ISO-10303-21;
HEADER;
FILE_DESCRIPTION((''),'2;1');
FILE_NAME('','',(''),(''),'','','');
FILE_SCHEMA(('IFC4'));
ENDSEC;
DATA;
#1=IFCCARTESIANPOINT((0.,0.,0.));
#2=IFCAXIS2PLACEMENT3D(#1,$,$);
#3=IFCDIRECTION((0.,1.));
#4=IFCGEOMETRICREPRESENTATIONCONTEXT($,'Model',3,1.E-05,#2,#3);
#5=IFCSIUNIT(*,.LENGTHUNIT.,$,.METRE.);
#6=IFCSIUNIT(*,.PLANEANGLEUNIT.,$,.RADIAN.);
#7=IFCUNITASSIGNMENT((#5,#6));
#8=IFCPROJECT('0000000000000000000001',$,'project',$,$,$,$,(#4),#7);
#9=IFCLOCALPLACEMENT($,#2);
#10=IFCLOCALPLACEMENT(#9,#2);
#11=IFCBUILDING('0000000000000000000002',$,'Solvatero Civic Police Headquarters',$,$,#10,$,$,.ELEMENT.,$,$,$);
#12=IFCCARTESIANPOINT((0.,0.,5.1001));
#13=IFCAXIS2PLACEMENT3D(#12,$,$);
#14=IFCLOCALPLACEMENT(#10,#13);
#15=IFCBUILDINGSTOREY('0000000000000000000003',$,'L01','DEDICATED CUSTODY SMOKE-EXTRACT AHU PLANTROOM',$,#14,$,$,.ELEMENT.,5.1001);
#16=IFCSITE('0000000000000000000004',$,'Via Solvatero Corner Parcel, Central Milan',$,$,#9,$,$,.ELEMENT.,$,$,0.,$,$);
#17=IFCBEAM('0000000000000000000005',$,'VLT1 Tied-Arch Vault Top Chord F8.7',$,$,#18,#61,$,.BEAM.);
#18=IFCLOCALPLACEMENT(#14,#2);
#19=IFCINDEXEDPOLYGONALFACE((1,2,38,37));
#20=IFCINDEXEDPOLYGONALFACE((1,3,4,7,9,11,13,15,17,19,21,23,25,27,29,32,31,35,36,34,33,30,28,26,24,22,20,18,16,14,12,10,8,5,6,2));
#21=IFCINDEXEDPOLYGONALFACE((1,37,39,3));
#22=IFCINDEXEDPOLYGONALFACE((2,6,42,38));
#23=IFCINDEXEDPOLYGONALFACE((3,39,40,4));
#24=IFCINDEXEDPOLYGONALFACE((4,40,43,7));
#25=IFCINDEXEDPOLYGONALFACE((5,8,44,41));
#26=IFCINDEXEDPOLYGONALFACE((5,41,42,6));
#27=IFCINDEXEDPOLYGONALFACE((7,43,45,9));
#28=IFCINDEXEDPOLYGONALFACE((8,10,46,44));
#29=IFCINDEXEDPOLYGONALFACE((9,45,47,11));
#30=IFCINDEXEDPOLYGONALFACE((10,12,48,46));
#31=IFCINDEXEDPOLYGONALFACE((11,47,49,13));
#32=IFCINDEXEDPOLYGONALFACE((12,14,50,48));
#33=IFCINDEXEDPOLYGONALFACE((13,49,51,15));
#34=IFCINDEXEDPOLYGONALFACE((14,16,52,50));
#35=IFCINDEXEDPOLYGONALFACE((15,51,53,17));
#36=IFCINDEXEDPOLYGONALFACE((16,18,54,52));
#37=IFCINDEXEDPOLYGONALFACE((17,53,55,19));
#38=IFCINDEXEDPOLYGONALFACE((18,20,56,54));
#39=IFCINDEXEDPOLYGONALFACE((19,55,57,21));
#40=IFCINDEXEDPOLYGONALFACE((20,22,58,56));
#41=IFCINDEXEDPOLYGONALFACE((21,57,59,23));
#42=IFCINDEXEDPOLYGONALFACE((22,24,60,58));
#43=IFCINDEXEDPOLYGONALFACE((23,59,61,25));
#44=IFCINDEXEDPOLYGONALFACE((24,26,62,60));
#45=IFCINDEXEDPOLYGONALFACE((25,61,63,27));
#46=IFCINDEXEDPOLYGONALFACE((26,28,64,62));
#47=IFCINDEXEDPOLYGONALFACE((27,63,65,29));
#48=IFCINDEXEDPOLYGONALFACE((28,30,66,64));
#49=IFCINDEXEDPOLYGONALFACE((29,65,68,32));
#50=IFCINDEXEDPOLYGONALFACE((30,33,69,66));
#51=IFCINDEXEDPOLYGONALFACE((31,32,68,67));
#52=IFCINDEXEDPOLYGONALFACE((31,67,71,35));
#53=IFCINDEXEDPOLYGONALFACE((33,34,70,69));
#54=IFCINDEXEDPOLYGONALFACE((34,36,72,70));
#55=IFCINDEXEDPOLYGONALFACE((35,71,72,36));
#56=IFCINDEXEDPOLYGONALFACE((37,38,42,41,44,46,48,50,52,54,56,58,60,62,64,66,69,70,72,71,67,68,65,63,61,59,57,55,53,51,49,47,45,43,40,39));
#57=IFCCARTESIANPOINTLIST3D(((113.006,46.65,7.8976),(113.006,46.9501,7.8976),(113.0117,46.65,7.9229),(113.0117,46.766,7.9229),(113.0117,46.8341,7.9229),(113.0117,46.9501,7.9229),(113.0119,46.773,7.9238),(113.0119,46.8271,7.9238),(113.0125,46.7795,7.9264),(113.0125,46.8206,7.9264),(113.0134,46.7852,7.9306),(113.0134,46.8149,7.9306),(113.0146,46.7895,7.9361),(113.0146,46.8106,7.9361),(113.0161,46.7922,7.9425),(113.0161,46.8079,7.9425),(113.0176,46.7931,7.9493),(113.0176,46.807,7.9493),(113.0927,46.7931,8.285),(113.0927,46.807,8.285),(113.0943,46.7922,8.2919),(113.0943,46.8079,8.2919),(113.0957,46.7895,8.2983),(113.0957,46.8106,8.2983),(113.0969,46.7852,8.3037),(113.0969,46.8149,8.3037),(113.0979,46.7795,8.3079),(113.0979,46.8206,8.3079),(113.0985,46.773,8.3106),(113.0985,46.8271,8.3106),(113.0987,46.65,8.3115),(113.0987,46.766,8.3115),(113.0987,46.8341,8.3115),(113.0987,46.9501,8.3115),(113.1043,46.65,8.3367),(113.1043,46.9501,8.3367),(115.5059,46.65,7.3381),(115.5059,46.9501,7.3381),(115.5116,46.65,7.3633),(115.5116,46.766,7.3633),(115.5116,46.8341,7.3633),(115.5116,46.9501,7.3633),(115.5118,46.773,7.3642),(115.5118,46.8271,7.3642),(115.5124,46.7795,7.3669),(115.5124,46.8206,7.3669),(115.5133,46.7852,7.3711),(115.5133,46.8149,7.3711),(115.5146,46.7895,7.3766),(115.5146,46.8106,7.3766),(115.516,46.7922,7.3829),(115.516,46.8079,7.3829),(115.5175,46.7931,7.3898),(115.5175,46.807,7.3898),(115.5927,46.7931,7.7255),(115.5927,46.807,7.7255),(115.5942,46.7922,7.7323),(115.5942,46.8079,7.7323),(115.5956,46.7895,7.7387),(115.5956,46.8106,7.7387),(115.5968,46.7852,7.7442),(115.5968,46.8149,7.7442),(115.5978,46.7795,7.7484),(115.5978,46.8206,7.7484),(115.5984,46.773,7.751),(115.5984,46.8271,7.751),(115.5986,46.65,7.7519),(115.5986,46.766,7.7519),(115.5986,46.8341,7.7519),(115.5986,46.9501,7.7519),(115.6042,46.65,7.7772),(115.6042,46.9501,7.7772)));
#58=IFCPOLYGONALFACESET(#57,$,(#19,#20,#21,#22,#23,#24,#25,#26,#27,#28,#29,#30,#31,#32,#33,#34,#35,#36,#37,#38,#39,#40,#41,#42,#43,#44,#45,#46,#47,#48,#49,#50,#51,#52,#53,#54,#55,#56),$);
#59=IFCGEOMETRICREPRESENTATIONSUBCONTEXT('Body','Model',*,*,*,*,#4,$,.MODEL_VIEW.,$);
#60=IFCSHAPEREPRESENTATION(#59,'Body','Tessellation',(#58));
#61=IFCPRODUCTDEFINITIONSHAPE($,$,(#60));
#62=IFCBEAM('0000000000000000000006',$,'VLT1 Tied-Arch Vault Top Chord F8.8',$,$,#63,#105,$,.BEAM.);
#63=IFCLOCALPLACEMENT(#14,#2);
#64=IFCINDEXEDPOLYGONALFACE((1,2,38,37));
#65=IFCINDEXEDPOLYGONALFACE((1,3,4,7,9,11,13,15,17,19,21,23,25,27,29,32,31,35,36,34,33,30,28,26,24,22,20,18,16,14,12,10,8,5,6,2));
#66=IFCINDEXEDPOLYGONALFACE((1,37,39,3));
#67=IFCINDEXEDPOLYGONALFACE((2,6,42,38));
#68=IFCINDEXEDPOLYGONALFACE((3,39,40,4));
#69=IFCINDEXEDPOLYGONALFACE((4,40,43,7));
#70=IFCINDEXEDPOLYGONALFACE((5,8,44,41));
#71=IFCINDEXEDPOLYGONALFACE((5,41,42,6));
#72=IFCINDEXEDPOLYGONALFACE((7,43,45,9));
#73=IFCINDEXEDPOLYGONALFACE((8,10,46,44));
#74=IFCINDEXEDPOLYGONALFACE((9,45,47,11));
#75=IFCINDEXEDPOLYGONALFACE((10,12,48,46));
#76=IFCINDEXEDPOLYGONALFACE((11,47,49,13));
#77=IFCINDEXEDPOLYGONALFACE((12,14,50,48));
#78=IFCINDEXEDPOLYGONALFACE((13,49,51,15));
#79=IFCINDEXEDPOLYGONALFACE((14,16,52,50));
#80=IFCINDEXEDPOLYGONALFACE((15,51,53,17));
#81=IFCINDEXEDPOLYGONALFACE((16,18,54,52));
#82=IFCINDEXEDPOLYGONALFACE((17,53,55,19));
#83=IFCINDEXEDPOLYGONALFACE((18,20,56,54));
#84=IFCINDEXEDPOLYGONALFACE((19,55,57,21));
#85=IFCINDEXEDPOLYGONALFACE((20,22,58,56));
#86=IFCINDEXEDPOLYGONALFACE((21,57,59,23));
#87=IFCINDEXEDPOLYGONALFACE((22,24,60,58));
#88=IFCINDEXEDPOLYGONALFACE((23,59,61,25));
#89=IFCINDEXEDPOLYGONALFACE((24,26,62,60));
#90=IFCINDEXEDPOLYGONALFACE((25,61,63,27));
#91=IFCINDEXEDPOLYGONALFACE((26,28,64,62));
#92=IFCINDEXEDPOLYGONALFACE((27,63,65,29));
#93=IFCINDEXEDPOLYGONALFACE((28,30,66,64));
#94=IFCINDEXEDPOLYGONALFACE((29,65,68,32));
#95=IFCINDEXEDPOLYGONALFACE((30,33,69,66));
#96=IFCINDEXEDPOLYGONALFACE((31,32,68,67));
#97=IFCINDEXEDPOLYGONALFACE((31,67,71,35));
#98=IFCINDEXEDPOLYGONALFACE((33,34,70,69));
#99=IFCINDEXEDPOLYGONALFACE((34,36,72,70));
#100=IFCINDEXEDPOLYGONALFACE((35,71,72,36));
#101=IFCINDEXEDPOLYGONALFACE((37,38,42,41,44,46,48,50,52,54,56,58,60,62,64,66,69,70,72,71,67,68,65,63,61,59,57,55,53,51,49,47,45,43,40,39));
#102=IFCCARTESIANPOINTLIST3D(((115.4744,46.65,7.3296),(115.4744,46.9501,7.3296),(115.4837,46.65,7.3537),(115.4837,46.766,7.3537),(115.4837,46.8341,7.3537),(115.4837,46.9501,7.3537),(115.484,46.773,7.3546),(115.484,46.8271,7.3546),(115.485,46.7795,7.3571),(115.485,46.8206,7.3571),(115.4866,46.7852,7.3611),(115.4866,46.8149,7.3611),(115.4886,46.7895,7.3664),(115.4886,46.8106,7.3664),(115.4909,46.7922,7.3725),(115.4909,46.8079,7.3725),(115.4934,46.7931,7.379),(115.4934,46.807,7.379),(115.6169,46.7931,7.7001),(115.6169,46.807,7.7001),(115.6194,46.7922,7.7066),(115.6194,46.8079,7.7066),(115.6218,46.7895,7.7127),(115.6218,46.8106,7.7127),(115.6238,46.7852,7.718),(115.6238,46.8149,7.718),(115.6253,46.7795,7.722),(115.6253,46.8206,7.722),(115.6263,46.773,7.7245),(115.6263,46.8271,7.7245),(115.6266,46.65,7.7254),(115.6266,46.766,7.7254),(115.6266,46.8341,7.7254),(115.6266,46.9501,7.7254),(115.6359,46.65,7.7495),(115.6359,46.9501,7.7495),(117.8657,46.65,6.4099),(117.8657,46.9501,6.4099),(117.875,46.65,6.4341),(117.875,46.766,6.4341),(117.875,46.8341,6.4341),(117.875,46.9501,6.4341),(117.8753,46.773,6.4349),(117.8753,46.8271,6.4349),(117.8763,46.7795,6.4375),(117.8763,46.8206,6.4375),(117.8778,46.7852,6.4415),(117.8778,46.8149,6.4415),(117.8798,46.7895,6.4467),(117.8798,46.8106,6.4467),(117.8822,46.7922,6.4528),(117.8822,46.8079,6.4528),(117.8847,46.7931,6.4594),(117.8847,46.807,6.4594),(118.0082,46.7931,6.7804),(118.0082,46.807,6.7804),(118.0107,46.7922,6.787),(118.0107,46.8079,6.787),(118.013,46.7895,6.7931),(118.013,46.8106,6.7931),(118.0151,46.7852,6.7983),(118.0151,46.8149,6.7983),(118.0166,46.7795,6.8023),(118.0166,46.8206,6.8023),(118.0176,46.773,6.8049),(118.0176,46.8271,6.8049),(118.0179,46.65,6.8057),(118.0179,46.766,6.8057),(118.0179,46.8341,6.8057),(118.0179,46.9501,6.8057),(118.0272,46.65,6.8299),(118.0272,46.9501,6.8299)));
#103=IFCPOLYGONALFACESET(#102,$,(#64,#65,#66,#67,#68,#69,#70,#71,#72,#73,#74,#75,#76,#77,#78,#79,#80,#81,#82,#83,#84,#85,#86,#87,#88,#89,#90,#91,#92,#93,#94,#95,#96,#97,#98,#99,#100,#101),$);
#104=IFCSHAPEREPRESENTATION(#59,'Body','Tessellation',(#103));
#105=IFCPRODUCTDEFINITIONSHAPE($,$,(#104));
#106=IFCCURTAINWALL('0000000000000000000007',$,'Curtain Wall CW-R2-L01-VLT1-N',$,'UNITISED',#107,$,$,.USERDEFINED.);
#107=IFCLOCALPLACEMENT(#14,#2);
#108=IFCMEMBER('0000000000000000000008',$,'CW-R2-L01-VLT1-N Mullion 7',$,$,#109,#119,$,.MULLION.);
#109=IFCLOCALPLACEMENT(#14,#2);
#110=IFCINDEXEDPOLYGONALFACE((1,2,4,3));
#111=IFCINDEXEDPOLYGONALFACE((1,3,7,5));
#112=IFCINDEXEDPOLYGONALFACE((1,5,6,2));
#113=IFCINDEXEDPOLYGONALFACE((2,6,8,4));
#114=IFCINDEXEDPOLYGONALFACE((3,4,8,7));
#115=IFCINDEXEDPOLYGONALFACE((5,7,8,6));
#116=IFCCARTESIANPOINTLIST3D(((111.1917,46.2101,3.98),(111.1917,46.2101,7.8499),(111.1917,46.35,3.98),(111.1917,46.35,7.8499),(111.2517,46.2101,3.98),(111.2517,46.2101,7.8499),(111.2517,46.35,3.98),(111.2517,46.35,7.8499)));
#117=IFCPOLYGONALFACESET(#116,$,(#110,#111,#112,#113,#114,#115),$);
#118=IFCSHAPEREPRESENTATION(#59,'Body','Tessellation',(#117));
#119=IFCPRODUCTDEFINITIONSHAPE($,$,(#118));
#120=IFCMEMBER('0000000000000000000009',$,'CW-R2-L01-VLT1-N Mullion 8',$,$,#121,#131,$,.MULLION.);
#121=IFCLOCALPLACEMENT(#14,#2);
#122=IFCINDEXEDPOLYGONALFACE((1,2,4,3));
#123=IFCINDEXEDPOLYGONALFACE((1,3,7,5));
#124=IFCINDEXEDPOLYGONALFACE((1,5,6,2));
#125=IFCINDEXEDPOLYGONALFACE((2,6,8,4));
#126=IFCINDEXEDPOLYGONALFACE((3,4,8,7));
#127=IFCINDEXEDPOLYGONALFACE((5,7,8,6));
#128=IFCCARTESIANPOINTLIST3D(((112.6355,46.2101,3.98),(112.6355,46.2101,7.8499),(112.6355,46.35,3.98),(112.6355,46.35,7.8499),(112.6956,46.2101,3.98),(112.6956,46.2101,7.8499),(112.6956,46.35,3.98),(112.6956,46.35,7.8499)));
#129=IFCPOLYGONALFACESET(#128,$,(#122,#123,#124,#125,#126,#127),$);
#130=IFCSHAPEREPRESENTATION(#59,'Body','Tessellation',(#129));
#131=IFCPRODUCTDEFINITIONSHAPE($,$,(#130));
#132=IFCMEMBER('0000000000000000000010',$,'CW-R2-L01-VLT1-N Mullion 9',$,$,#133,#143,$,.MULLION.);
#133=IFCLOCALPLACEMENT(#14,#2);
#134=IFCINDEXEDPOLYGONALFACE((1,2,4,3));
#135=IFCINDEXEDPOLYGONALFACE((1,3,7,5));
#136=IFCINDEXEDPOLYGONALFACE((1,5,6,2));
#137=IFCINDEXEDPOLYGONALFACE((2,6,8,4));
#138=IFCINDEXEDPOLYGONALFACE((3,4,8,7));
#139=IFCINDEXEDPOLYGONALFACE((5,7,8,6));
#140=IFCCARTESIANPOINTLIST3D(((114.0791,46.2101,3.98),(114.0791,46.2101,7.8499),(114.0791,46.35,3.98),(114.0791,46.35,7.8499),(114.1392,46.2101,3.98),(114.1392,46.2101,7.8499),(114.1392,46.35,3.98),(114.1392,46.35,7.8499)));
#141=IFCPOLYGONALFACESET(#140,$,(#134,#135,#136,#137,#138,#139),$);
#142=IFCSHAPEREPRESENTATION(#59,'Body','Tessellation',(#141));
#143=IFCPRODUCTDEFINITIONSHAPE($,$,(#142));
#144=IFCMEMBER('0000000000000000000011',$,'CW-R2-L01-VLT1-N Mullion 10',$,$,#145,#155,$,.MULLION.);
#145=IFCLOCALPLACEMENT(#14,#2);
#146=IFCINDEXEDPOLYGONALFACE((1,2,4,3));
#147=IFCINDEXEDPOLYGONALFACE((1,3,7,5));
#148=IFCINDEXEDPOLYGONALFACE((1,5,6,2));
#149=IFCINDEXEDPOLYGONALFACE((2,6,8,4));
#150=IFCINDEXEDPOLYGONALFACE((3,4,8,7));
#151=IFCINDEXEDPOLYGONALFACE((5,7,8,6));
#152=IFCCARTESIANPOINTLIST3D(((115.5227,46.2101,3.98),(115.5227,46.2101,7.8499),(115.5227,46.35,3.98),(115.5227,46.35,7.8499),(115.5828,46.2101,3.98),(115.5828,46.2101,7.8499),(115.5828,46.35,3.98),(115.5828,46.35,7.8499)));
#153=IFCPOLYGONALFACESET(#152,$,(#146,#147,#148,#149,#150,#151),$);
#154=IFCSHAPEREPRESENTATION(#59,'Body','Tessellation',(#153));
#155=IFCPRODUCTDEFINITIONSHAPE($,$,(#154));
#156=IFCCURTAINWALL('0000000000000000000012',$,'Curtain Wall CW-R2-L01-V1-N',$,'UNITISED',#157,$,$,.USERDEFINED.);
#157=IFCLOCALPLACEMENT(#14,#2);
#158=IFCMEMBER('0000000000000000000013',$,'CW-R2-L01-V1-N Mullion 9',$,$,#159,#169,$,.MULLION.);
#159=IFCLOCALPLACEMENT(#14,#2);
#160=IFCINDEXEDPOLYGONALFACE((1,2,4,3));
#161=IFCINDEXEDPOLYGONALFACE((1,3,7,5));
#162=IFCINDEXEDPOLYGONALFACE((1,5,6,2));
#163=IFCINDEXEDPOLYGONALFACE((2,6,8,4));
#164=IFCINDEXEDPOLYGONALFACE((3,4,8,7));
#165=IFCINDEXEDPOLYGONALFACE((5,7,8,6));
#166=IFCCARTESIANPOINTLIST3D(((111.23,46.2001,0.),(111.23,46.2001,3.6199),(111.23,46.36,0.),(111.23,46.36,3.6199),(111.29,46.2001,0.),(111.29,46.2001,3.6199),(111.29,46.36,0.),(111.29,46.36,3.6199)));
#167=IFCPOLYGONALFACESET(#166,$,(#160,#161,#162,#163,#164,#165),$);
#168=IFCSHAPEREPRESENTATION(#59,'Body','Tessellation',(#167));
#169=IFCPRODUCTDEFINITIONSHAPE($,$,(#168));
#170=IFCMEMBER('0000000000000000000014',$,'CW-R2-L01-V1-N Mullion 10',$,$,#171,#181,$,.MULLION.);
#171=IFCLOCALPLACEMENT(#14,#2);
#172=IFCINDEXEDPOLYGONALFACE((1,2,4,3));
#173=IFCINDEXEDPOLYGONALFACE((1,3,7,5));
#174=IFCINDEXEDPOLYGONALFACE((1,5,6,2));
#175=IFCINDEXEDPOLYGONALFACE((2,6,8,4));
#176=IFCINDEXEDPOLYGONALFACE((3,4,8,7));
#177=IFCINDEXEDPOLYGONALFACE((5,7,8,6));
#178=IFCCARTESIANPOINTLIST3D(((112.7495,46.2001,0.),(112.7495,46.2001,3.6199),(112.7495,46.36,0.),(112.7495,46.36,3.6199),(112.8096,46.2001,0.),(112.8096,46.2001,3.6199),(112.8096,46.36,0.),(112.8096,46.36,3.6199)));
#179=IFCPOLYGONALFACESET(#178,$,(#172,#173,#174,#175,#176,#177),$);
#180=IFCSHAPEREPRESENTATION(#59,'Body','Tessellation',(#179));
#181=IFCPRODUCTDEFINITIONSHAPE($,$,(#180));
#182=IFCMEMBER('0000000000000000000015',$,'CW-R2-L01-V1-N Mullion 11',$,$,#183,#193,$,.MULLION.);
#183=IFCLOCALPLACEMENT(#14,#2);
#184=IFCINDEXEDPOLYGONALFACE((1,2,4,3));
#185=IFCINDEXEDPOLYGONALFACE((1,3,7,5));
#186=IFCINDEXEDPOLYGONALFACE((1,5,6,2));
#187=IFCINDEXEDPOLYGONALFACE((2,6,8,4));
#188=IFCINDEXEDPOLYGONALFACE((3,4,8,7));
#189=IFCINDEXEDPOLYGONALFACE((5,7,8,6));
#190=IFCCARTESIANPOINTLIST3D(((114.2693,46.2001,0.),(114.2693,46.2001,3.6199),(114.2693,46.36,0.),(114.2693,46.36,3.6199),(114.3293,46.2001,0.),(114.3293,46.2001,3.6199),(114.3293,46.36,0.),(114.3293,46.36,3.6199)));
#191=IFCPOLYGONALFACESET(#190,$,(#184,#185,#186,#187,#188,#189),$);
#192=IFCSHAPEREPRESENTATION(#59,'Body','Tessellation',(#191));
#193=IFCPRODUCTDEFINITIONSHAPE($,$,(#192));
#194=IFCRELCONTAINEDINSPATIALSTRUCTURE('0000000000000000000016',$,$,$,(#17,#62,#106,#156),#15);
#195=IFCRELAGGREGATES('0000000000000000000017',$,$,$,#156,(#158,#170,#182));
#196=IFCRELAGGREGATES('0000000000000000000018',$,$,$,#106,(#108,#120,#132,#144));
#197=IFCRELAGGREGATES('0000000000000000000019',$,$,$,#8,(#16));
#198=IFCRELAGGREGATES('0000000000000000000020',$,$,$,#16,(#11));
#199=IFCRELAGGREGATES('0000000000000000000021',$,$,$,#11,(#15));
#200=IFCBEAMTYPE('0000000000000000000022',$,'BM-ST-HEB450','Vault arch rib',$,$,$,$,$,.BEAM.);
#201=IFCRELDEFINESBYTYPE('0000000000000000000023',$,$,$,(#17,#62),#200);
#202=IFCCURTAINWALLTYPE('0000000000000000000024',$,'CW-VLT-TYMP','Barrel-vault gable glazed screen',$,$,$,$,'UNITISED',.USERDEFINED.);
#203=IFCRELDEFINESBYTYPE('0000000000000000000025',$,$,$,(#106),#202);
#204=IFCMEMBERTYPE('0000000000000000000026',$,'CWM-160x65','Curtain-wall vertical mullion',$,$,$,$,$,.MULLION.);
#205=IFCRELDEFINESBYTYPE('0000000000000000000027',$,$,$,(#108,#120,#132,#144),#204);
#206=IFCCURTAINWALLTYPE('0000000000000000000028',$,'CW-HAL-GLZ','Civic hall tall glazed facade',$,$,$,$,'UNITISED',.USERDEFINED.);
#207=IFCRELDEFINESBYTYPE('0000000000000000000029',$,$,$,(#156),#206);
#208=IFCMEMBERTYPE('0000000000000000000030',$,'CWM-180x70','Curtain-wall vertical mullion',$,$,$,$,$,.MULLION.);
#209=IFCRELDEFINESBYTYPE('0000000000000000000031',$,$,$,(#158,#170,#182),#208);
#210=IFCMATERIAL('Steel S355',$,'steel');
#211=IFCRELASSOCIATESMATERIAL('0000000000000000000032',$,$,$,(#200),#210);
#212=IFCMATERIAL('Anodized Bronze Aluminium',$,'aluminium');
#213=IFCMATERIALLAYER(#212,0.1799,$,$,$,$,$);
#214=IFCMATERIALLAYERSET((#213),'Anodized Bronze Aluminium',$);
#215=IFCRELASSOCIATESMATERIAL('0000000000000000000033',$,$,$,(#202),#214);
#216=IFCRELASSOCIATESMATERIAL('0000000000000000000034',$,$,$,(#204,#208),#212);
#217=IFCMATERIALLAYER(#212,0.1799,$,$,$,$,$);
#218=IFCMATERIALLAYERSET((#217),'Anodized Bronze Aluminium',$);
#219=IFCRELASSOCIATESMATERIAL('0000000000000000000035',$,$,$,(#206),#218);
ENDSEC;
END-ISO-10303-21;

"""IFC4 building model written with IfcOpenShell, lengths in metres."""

from ifc_helpers import new_model, si_unit, direction, frame, origin, origin_2d, place, context, subcontext, project, spatial, rectangle, i_section, extrude, material, layer, layer_set, material_profile, profile_set, type_object, element, aggregate, save


model = new_model("IFC4")

# Units and contexts
model_context = context("Model", 3, precision=1e-05, world=origin(), true_north=direction((0.0, 1.0)))
body_context = subcontext(model_context, "Body", "Model", "MODEL_VIEW")
ifc_project = project(units=[si_unit("LENGTHUNIT", "METRE"), si_unit("PLANEANGLEUNIT", "RADIAN")], contexts=[model_context])

# Site, building, storey
site_placement = place(None, origin())
site = spatial("IfcSite", under=ifc_project, at=site_placement, Name="Via Solvatero Corner Parcel, Central Milan", CompositionType="ELEMENT", RefElevation=0.0)
building_placement = place(site_placement, origin())
building = spatial("IfcBuilding", under=site, at=building_placement, Name="Solvatero Civic Police Headquarters", CompositionType="ELEMENT")
storey_placement = place(building_placement, frame((0.0, 0.0, 5.1001)))
storey = spatial("IfcBuildingStorey", under=building, at=storey_placement, Name="L01", Description="DEDICATED CUSTODY SMOKE-EXTRACT AHU PLANTROOM", CompositionType="ELEMENT", Elevation=5.1001)

# Beams
ifc_material_1 = material(Name="Steel S355", Category="steel")
ifc_material_profile_1 = material_profile(ifc_material_1, i_section(OverallWidth=0.3, OverallDepth=0.45, WebThickness=0.0139, FlangeThickness=0.0259, FilletRadius=0.0271, at=origin_2d()), Name="HEB 450")
ifc_profile_set_1 = profile_set([ifc_material_profile_1], Name="Steel S355")
beam_type = type_object("IfcBeamType", Name="BM-ST-HEB450", Description="Vault arch rib", PredefinedType="BEAM", material=ifc_profile_set_1)
beam_1_placement = place(storey_placement, frame((113.0552, 46.8, 8.1172), z_axis=(0.975854, 0.0, -0.218424), x_axis=(0.0, 1.0, 0.0)))
element("IfcBeam", 1, at=beam_1_placement, inside=storey, type_object=beam_type, Name="VLT1 Tied-Arch Vault Top Chord F8.7", PredefinedType="BEAM", context=body_context, shape_type="SweptSolid", body=[
    extrude(i_section(OverallWidth=0.3, OverallDepth=0.45, WebThickness=0.0139, FlangeThickness=0.0259, FilletRadius=0.0271, at=origin_2d()), origin(), (0.0, 0.0, 1.0), 2.5618),
])
beam_2_placement = place(storey_placement, frame((115.5552, 46.8, 7.5396), z_axis=(0.933355, 0.0, -0.358954), x_axis=(0.0, 1.0, 0.0)))
element("IfcBeam", 2, at=beam_2_placement, inside=storey, type_object=beam_type, Name="VLT1 Tied-Arch Vault Top Chord F8.8", PredefinedType="BEAM", context=body_context, shape_type="SweptSolid", body=[
    extrude(i_section(OverallWidth=0.3, OverallDepth=0.45, WebThickness=0.0139, FlangeThickness=0.0259, FilletRadius=0.0271, at=origin_2d()), origin(), (0.0, 0.0, 1.0), 2.562),
])

# Curtain walls, members
ifc_material_2 = material(Name="Anodized Bronze Aluminium", Category="aluminium")
ifc_layer_1 = layer(ifc_material_2, 0.1799)
ifc_layer_set_1 = layer_set([ifc_layer_1], Name="Anodized Bronze Aluminium")
curtain_wall_type_1 = type_object("IfcCurtainWallType", Name="CW-VLT-TYMP", Description="Barrel-vault gable glazed screen", ElementType="UNITISED", PredefinedType="USERDEFINED", material=ifc_layer_set_1)
curtain_wall_1_placement = place(storey_placement, origin())
curtain_wall_1 = element("IfcCurtainWall", 3, at=curtain_wall_1_placement, inside=storey, type_object=curtain_wall_type_1, Name="Curtain Wall CW-R2-L01-VLT1-N", ObjectType="UNITISED", PredefinedType="USERDEFINED")
ifc_material_profile_2 = material_profile(ifc_material_2, rectangle(XDim=0.0601, YDim=0.1399, at=origin_2d()), Name="ALU MULLION 60x140")
ifc_profile_set_2 = profile_set([ifc_material_profile_2], Name="Anodized Bronze Aluminium")
member_type_1 = type_object("IfcMemberType", Name="CWM-160x65", Description="Curtain-wall vertical mullion", PredefinedType="MULLION", material=ifc_profile_set_2)
member_1_placement = place(storey_placement, frame((111.2217, 46.28, 3.98), z_axis=(0.0, 0.0, 1.0), x_axis=(1.0, 0.0, 0.0)))
member_1 = element("IfcMember", 4, at=member_1_placement, type_object=member_type_1, Name="CW-R2-L01-VLT1-N Mullion 7", PredefinedType="MULLION", context=body_context, shape_type="SweptSolid", body=[
    extrude(rectangle(XDim=0.0601, YDim=0.1399, at=origin_2d()), origin(), (0.0, 0.0, 1.0), 3.8699),
])
member_2_placement = place(storey_placement, frame((112.6655, 46.28, 3.98), z_axis=(0.0, 0.0, 1.0), x_axis=(1.0, 0.0, 0.0)))
member_2 = element("IfcMember", 5, at=member_2_placement, type_object=member_type_1, Name="CW-R2-L01-VLT1-N Mullion 8", PredefinedType="MULLION", context=body_context, shape_type="SweptSolid", body=[
    extrude(rectangle(XDim=0.0601, YDim=0.1399, at=origin_2d()), origin(), (0.0, 0.0, 1.0), 3.8699),
])
member_3_placement = place(storey_placement, frame((114.1091, 46.28, 3.98), z_axis=(0.0, 0.0, 1.0), x_axis=(1.0, 0.0, 0.0)))
member_3 = element("IfcMember", 6, at=member_3_placement, type_object=member_type_1, Name="CW-R2-L01-VLT1-N Mullion 9", PredefinedType="MULLION", context=body_context, shape_type="SweptSolid", body=[
    extrude(rectangle(XDim=0.0601, YDim=0.1399, at=origin_2d()), origin(), (0.0, 0.0, 1.0), 3.8699),
])
member_4_placement = place(storey_placement, frame((115.5527, 46.28, 3.98), z_axis=(0.0, 0.0, 1.0), x_axis=(1.0, 0.0, 0.0)))
member_4 = element("IfcMember", 7, at=member_4_placement, type_object=member_type_1, Name="CW-R2-L01-VLT1-N Mullion 10", PredefinedType="MULLION", context=body_context, shape_type="SweptSolid", body=[
    extrude(rectangle(XDim=0.0601, YDim=0.1399, at=origin_2d()), origin(), (0.0, 0.0, 1.0), 3.8699),
])
ifc_layer_2 = layer(ifc_material_2, 0.1799)
ifc_layer_set_2 = layer_set([ifc_layer_2], Name="Anodized Bronze Aluminium")
curtain_wall_type_2 = type_object("IfcCurtainWallType", Name="CW-HAL-GLZ", Description="Civic hall tall glazed facade", ElementType="UNITISED", PredefinedType="USERDEFINED", material=ifc_layer_set_2)
curtain_wall_2_placement = place(storey_placement, origin())
curtain_wall_2 = element("IfcCurtainWall", 8, at=curtain_wall_2_placement, inside=storey, type_object=curtain_wall_type_2, Name="Curtain Wall CW-R2-L01-V1-N", ObjectType="UNITISED", PredefinedType="USERDEFINED")
ifc_material_profile_3 = material_profile(ifc_material_2, rectangle(XDim=0.0601, YDim=0.1599, at=origin_2d()), Name="ALU MULLION 60x160")
ifc_profile_set_3 = profile_set([ifc_material_profile_3], Name="Anodized Bronze Aluminium")
member_type_2 = type_object("IfcMemberType", Name="CWM-180x70", Description="Curtain-wall vertical mullion", PredefinedType="MULLION", material=ifc_profile_set_3)
member_5_placement = place(storey_placement, frame((111.26, 46.28, 0.0), z_axis=(0.0, 0.0, 1.0), x_axis=(1.0, 0.0, 0.0)))
member_5 = element("IfcMember", 9, at=member_5_placement, type_object=member_type_2, Name="CW-R2-L01-V1-N Mullion 9", PredefinedType="MULLION", context=body_context, shape_type="SweptSolid", body=[
    extrude(rectangle(XDim=0.0601, YDim=0.1599, at=origin_2d()), origin(), (0.0, 0.0, 1.0), 3.6199),
])
member_6_placement = place(storey_placement, frame((112.7795, 46.28, 0.0), z_axis=(0.0, 0.0, 1.0), x_axis=(1.0, 0.0, 0.0)))
member_6 = element("IfcMember", 10, at=member_6_placement, type_object=member_type_2, Name="CW-R2-L01-V1-N Mullion 10", PredefinedType="MULLION", context=body_context, shape_type="SweptSolid", body=[
    extrude(rectangle(XDim=0.0601, YDim=0.1599, at=origin_2d()), origin(), (0.0, 0.0, 1.0), 3.6199),
])
member_7_placement = place(storey_placement, frame((114.2993, 46.28, 0.0), z_axis=(0.0, 0.0, 1.0), x_axis=(1.0, 0.0, 0.0)))
member_7 = element("IfcMember", 11, at=member_7_placement, type_object=member_type_2, Name="CW-R2-L01-V1-N Mullion 11", PredefinedType="MULLION", context=body_context, shape_type="SweptSolid", body=[
    extrude(rectangle(XDim=0.0601, YDim=0.1599, at=origin_2d()), origin(), (0.0, 0.0, 1.0), 3.6199),
])

aggregate(curtain_wall_2, [member_5, member_6, member_7])
aggregate(curtain_wall_1, [member_1, member_2, member_3, member_4])

save(model, "model.ifc")
